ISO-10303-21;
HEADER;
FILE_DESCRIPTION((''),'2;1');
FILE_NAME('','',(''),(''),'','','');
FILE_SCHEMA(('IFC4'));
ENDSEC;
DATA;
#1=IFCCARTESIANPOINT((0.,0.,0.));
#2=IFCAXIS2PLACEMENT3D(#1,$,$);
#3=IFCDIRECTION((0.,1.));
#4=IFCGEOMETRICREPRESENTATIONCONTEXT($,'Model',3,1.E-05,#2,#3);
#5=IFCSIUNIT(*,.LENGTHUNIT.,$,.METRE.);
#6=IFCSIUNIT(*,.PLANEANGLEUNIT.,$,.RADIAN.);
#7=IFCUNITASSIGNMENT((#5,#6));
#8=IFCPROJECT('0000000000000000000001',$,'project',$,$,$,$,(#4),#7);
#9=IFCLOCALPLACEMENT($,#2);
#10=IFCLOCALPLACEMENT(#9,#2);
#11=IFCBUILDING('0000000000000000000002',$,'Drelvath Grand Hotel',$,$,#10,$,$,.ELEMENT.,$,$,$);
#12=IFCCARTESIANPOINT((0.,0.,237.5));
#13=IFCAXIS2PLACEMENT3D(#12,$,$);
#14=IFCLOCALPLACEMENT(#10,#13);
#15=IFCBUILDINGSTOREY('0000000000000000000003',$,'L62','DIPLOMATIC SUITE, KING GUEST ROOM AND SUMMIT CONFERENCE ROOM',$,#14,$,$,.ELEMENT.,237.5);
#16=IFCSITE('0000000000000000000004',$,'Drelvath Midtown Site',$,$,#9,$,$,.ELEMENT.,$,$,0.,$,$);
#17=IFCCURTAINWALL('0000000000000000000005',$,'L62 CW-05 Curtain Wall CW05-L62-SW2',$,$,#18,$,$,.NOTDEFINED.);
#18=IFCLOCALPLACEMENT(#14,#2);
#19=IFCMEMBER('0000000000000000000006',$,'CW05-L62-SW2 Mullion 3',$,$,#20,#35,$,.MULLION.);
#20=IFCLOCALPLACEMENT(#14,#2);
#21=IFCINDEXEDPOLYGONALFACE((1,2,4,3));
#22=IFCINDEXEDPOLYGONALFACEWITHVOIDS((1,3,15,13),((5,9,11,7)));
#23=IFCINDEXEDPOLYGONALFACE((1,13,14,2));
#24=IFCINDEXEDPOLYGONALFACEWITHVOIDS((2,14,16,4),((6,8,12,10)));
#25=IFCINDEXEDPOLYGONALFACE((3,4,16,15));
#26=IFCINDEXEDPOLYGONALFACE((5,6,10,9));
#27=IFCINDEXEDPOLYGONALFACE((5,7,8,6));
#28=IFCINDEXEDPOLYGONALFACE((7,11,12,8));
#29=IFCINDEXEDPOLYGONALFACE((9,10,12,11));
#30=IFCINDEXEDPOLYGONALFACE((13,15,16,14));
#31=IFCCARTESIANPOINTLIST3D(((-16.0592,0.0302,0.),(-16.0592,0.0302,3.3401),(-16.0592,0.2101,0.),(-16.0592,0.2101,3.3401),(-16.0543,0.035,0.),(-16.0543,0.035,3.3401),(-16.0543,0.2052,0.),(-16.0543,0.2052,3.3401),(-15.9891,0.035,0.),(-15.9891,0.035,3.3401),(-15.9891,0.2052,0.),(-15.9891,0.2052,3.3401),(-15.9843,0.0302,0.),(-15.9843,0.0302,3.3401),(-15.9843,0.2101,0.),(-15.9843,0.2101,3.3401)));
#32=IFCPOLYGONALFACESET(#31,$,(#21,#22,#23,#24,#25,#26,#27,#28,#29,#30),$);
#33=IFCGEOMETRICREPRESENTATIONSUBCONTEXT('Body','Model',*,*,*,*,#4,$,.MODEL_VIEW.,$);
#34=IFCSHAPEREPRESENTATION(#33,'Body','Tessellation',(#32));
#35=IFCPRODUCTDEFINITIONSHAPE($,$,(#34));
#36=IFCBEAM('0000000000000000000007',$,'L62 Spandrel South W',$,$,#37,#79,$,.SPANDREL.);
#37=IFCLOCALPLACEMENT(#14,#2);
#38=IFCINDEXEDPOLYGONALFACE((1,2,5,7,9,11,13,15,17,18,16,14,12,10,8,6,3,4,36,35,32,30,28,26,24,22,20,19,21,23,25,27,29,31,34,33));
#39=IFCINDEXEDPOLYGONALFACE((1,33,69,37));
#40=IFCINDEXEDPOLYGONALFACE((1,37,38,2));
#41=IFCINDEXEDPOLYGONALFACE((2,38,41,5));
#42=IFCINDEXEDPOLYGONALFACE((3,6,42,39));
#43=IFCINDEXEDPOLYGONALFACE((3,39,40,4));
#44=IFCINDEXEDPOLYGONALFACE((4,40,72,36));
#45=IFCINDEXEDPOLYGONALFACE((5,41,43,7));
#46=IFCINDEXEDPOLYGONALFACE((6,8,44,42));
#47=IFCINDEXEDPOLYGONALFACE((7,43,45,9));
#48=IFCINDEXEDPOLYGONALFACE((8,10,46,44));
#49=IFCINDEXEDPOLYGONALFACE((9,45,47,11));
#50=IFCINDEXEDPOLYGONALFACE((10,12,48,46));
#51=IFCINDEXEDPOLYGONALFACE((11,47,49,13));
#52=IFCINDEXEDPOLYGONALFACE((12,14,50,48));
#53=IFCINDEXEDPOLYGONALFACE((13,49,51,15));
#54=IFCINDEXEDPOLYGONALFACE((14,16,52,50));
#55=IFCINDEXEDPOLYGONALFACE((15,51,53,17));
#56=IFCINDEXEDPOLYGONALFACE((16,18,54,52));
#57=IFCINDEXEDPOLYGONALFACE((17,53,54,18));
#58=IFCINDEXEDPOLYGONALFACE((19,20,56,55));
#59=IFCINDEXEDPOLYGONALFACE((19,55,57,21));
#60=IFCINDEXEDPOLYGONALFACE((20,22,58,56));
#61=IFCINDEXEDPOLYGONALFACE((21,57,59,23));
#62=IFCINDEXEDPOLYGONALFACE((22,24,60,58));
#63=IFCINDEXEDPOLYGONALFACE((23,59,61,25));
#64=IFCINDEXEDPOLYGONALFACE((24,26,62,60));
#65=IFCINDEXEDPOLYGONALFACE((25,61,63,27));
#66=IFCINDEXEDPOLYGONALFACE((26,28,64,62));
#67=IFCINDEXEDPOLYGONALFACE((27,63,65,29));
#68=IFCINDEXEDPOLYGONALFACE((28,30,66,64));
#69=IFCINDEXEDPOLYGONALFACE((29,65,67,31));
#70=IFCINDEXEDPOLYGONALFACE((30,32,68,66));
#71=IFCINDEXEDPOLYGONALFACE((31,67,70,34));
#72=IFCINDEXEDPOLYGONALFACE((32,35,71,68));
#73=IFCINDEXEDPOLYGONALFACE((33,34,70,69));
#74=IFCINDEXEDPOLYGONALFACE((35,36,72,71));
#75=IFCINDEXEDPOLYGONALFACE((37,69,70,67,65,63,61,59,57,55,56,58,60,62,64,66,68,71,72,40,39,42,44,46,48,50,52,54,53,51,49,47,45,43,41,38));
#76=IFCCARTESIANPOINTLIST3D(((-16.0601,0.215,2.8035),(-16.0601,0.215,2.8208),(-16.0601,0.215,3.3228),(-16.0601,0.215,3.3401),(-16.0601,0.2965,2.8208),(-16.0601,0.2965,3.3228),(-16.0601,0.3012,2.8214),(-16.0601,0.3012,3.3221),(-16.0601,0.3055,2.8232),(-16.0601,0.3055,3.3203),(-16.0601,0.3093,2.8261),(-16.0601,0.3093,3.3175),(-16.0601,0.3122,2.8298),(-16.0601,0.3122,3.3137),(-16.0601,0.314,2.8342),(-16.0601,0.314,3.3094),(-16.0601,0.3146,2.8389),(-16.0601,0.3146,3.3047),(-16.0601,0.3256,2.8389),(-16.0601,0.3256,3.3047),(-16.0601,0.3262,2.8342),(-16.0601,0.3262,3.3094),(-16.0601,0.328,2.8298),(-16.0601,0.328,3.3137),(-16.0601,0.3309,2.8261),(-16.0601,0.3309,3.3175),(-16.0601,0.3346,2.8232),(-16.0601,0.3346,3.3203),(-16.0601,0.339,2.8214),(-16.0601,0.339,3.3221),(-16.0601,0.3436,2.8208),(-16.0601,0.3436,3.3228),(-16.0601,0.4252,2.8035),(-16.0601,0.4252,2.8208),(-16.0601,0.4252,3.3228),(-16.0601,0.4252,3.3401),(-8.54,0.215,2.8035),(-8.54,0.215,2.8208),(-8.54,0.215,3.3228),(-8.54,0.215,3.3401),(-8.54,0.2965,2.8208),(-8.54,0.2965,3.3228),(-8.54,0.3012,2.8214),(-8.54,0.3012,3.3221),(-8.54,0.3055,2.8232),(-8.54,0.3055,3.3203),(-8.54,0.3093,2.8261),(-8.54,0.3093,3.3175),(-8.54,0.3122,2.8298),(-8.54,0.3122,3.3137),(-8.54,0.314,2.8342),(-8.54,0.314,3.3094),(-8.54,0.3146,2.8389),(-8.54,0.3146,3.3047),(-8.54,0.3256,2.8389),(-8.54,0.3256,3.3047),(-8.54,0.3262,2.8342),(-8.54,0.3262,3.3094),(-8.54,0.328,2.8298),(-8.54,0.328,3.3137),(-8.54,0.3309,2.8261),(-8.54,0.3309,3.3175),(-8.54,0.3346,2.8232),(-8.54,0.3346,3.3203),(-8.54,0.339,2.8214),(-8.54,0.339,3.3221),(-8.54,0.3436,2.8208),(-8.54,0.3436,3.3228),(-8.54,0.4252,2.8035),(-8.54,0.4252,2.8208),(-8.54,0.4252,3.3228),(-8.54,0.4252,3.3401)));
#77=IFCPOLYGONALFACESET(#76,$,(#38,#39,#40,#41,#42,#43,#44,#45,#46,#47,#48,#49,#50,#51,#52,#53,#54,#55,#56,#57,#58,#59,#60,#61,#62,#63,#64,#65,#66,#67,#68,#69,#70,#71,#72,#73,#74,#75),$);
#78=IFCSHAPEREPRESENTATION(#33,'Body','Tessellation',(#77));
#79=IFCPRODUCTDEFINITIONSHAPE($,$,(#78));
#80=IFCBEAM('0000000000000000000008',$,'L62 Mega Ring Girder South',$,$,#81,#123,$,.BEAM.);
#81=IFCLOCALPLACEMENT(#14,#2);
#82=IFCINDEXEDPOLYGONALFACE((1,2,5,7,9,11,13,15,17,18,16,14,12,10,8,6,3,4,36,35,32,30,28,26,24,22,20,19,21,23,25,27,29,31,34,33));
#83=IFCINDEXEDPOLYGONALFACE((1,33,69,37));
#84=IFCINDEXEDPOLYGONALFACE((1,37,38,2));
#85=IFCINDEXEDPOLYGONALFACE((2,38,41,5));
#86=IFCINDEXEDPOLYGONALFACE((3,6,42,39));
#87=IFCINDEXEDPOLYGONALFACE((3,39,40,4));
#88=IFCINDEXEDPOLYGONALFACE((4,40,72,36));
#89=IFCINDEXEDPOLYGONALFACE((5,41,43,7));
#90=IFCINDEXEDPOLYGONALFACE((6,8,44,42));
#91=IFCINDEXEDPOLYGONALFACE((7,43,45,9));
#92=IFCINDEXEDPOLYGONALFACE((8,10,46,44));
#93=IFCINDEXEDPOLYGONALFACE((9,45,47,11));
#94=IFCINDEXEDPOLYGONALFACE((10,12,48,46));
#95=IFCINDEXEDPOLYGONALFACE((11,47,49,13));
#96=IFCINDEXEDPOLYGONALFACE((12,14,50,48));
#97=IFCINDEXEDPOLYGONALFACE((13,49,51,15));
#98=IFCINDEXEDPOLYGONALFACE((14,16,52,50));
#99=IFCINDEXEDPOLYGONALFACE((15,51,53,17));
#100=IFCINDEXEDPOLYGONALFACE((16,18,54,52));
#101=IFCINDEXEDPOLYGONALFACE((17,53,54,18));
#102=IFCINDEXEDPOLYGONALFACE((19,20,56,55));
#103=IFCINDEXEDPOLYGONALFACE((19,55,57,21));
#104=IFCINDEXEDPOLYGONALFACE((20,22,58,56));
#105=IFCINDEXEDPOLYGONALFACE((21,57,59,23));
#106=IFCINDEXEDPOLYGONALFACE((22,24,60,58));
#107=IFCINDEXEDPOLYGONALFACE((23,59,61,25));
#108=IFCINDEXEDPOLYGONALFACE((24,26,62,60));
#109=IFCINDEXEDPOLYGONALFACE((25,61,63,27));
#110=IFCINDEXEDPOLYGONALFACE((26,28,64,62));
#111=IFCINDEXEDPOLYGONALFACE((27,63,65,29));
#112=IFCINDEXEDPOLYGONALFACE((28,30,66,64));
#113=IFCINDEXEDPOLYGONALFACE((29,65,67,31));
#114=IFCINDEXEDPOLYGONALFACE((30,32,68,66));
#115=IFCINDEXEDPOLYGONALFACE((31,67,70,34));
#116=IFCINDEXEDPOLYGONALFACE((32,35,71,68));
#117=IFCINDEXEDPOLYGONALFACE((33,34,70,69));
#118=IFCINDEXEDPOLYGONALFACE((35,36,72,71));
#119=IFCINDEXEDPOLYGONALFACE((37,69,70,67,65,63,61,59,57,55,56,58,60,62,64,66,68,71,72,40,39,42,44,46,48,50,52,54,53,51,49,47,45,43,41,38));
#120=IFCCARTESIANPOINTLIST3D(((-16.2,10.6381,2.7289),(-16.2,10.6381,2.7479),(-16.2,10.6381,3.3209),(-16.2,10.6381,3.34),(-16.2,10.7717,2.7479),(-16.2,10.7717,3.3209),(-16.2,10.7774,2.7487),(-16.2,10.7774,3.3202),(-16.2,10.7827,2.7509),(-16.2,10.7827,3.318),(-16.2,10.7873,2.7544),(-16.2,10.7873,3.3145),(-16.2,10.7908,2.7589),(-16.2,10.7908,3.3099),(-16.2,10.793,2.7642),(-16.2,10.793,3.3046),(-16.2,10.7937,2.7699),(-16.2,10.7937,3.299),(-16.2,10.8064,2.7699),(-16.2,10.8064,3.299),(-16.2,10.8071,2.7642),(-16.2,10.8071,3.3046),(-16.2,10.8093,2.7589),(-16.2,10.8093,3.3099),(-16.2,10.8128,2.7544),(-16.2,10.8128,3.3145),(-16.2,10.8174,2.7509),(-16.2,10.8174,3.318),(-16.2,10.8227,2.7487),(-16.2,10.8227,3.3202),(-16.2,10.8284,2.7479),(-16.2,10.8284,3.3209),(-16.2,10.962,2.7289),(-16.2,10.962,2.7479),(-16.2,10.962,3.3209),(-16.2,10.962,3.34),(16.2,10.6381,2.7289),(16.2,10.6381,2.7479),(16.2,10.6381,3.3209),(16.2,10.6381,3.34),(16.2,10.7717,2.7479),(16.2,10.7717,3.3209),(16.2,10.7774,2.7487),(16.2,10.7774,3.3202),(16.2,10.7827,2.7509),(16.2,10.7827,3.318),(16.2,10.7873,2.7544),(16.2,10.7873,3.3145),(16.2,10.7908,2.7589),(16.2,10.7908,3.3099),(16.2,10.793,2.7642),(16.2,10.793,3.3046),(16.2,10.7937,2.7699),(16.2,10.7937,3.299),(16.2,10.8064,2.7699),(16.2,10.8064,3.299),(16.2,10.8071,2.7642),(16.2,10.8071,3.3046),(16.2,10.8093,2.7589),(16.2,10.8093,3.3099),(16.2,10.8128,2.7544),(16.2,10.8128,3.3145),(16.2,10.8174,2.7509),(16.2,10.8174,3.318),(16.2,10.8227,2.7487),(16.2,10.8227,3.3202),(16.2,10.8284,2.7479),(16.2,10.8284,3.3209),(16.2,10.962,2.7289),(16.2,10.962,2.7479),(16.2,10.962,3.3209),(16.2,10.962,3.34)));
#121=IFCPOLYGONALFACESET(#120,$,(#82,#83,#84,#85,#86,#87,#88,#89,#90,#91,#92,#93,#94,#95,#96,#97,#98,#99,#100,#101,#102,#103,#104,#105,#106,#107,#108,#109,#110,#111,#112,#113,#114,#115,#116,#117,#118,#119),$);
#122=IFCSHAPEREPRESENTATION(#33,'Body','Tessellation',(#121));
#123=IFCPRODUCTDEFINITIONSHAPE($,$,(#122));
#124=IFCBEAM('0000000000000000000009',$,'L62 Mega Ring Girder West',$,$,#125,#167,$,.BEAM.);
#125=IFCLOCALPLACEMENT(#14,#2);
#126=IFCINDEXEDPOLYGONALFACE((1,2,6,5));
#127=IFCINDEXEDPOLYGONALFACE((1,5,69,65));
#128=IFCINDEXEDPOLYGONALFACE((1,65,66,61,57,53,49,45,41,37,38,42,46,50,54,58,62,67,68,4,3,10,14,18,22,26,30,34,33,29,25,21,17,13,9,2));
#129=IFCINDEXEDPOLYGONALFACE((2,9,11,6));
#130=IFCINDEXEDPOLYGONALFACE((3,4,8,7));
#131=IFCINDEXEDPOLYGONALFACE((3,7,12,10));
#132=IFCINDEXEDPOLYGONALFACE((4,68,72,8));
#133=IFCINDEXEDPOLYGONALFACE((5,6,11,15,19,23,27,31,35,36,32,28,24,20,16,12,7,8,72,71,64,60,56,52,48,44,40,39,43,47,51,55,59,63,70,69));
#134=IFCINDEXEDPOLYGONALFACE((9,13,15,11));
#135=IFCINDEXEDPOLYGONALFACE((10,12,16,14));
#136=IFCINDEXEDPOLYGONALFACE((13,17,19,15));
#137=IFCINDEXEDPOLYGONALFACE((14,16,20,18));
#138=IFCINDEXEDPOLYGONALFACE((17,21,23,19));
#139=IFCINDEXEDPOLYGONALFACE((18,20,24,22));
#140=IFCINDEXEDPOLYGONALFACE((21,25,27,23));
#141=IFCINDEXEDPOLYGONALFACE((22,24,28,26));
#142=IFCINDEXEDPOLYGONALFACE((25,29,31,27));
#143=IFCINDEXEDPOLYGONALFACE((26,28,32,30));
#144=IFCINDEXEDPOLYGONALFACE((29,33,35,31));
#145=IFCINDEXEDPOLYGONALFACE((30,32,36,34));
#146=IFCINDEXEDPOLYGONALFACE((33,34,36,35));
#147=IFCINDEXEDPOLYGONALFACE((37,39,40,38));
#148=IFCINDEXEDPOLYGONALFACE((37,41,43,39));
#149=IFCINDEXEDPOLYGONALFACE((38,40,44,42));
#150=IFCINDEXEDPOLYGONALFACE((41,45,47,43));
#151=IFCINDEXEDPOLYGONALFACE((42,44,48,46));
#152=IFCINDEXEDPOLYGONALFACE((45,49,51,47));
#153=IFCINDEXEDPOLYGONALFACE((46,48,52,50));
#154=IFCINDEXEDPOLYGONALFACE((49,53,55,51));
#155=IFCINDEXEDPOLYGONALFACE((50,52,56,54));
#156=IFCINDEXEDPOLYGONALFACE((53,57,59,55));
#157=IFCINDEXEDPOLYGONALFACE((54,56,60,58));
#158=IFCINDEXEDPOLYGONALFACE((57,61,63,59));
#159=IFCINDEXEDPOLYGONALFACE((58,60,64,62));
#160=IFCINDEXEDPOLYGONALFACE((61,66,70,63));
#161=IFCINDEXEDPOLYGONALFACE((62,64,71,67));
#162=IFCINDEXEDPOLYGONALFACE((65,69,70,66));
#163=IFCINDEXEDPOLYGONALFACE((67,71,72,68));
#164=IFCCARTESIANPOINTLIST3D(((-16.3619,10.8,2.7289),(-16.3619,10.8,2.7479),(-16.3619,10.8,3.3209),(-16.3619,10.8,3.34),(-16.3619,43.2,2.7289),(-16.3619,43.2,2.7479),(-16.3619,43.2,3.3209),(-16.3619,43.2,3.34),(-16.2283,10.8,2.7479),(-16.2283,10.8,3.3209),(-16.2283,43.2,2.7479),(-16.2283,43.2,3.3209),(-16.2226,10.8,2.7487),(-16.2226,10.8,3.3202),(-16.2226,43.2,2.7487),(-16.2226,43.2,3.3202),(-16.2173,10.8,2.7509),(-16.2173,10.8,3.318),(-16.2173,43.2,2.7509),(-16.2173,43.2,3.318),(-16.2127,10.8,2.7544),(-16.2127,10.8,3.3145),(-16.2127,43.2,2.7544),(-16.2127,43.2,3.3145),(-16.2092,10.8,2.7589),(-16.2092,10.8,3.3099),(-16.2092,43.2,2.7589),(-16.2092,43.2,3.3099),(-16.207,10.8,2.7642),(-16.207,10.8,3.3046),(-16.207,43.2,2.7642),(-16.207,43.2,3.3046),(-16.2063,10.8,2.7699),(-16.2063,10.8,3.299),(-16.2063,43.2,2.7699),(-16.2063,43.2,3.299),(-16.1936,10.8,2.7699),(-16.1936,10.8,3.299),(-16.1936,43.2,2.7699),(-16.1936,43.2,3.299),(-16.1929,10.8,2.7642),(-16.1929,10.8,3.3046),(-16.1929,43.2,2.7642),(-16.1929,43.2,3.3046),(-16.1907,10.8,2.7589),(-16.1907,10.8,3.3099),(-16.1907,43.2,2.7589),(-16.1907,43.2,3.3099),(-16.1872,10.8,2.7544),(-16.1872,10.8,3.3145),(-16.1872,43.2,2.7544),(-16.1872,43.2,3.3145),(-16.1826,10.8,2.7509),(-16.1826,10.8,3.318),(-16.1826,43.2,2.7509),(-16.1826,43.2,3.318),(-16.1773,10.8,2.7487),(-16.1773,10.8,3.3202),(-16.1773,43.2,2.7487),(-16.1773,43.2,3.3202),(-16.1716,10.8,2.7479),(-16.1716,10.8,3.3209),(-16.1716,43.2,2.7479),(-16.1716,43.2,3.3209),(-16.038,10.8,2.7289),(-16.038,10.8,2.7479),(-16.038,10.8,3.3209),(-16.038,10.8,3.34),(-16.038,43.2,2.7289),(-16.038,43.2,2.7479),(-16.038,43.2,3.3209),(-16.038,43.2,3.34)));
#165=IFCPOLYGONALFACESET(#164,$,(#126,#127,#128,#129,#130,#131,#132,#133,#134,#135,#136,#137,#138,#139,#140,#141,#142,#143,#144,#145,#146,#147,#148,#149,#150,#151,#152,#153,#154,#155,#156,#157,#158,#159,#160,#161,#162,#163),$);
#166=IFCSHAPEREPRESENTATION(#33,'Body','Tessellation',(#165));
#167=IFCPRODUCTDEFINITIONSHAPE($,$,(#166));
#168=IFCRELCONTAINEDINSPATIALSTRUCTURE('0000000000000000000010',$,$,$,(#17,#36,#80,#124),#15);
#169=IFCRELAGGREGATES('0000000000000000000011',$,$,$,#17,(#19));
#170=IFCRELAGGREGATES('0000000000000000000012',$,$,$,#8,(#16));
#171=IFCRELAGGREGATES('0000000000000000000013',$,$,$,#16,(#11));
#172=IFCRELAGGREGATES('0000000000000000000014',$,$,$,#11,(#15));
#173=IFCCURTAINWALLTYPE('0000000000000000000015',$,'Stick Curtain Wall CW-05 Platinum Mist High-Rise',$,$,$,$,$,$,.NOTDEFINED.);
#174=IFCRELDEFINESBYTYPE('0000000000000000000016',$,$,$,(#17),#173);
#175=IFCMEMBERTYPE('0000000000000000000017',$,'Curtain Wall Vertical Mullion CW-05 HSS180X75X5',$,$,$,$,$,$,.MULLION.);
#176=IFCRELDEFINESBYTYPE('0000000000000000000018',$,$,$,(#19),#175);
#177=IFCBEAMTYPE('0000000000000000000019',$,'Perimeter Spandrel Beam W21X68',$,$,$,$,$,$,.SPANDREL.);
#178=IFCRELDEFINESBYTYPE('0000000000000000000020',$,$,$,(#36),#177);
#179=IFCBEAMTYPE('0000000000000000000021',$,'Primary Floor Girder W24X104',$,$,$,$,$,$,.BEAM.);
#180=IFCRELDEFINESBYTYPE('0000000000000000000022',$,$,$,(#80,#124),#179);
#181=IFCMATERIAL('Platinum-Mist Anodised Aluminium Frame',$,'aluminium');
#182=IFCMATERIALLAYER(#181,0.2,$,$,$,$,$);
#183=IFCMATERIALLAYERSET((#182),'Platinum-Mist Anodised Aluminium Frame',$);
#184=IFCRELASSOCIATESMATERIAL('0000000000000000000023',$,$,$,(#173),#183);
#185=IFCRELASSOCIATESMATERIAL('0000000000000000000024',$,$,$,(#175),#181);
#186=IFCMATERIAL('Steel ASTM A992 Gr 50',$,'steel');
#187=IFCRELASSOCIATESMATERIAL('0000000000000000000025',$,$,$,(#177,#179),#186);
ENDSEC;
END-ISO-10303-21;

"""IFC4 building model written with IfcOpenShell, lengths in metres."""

from ifc_helpers import new_model, si_unit, direction, frame, origin, origin_2d, place, context, subcontext, project, spatial, hollow_rectangle, i_section, extrude, material, layer, layer_set, material_profile, profile_set, type_object, element, aggregate, save


model = new_model("IFC4")

# Units and contexts
model_context = context("Model", 3, precision=1e-05, world=origin(), true_north=direction((0.0, 1.0)))
body_context = subcontext(model_context, "Body", "Model", "MODEL_VIEW")
ifc_project = project(units=[si_unit("LENGTHUNIT", "METRE"), si_unit("PLANEANGLEUNIT", "RADIAN")], contexts=[model_context])

# Site, building, storey
site_placement = place(None, origin())
site = spatial("IfcSite", under=ifc_project, at=site_placement, Name="Drelvath Midtown Site", CompositionType="ELEMENT", RefElevation=0.0)
building_placement = place(site_placement, origin())
building = spatial("IfcBuilding", under=site, at=building_placement, Name="Drelvath Grand Hotel", CompositionType="ELEMENT")
storey_placement = place(building_placement, frame((0.0, 0.0, 237.5)))
storey = spatial("IfcBuildingStorey", under=building, at=storey_placement, Name="L62", Description="DIPLOMATIC SUITE, KING GUEST ROOM AND SUMMIT CONFERENCE ROOM", CompositionType="ELEMENT", Elevation=237.5)

# Curtain wall, member
ifc_material_1 = material(Name="Platinum-Mist Anodised Aluminium Frame", Category="aluminium")
ifc_layer_1 = layer(ifc_material_1, 0.2)
ifc_layer_set_1 = layer_set([ifc_layer_1], Name="Platinum-Mist Anodised Aluminium Frame")
curtain_wall_type = type_object("IfcCurtainWallType", Name="Stick Curtain Wall CW-05 Platinum Mist High-Rise", PredefinedType="NOTDEFINED", material=ifc_layer_set_1)
ifc_material_profile_1 = material_profile(ifc_material_1, hollow_rectangle(XDim=0.075, YDim=0.1799, WallThickness=0.0049, at=origin_2d()), Name="HSS180X75X5")
ifc_profile_set_1 = profile_set([ifc_material_profile_1], Name="Platinum-Mist Anodised Aluminium Frame")
member_type_1 = type_object("IfcMemberType", Name="Curtain Wall Vertical Mullion CW-05 HSS180X75X5", PredefinedType="MULLION", material=ifc_profile_set_1)
curtain_wall_1_placement = place(storey_placement, origin())
curtain_wall_1 = element("IfcCurtainWall", 1, at=curtain_wall_1_placement, inside=storey, type_object=curtain_wall_type, Name="L62 CW-05 Curtain Wall CW05-L62-SW2", PredefinedType="NOTDEFINED")
member_1_placement = place(storey_placement, frame((-16.0217, 0.1201, 0.0), z_axis=(0.0, 0.0, 1.0), x_axis=(1.0, 0.0, 0.0)))
member_1 = element("IfcMember", 2, at=member_1_placement, type_object=member_type_1, Name="CW05-L62-SW2 Mullion 3", PredefinedType="MULLION", context=body_context, shape_type="SweptSolid", body=[
    extrude(hollow_rectangle(XDim=0.075, YDim=0.1799, WallThickness=0.0049, at=origin_2d()), origin(), (0.0, 0.0, 1.0), 3.3401),
])

# Beams
ifc_material_2 = material(Name="Steel ASTM A992 Gr 50", Category="steel")
ifc_material_profile_2 = material_profile(ifc_material_2, i_section(OverallWidth=0.2102, OverallDepth=0.5366, WebThickness=0.011, FlangeThickness=0.0173, FilletRadius=0.0181, at=origin_2d()), Name="W21X68")
ifc_profile_set_2 = profile_set([ifc_material_profile_2], Name="Steel ASTM A992 Gr 50")
beam_type_1 = type_object("IfcBeamType", Name="Perimeter Spandrel Beam W21X68", PredefinedType="SPANDREL", material=ifc_profile_set_2)
beam_1_placement = place(storey_placement, frame((-16.0601, 0.3201, 3.0718), z_axis=(1.0, 0.0, 0.0), x_axis=(0.0, 1.0, 0.0)))
element("IfcBeam", 3, at=beam_1_placement, inside=storey, type_object=beam_type_1, Name="L62 Spandrel South W", PredefinedType="SPANDREL", context=body_context, shape_type="SweptSolid", body=[
    extrude(i_section(OverallWidth=0.2102, OverallDepth=0.5366, WebThickness=0.011, FlangeThickness=0.0173, FilletRadius=0.0181, at=origin_2d()), origin(), (0.0, 0.0, 1.0), 7.52),
])
ifc_material_profile_3 = material_profile(ifc_material_2, i_section(OverallWidth=0.324, OverallDepth=0.6111, WebThickness=0.0127, FlangeThickness=0.019, FilletRadius=0.022, at=origin_2d()), Name="W24X104")
ifc_profile_set_3 = profile_set([ifc_material_profile_3], Name="Steel ASTM A992 Gr 50")
beam_type_2 = type_object("IfcBeamType", Name="Primary Floor Girder W24X104", PredefinedType="BEAM", material=ifc_profile_set_3)
for number, where, z_axis, x_axis, name in (
    (4, (-16.2, 10.8, 3.0344), (1.0, 0.0, 0.0), (0.0, 1.0, 0.0), "L62 Mega Ring Girder South"),
    (5, (-16.2, 10.8, 3.0344), (0.0, 1.0, 0.0), (-1.0, 0.0, 0.0), "L62 Mega Ring Girder West"),
):
    element("IfcBeam", number, at=place(storey_placement, frame(where, z_axis=z_axis, x_axis=x_axis)), inside=storey, type_object=beam_type_2, Name=name, PredefinedType="BEAM", context=body_context, shape_type="SweptSolid", body=[
        extrude(i_section(OverallWidth=0.324, OverallDepth=0.6111, WebThickness=0.0127, FlangeThickness=0.019, FilletRadius=0.022, at=origin_2d()), origin(), (0.0, 0.0, 1.0), 32.3999),
    ])

aggregate(curtain_wall_1, [member_1])

save(model, "model.ifc")
